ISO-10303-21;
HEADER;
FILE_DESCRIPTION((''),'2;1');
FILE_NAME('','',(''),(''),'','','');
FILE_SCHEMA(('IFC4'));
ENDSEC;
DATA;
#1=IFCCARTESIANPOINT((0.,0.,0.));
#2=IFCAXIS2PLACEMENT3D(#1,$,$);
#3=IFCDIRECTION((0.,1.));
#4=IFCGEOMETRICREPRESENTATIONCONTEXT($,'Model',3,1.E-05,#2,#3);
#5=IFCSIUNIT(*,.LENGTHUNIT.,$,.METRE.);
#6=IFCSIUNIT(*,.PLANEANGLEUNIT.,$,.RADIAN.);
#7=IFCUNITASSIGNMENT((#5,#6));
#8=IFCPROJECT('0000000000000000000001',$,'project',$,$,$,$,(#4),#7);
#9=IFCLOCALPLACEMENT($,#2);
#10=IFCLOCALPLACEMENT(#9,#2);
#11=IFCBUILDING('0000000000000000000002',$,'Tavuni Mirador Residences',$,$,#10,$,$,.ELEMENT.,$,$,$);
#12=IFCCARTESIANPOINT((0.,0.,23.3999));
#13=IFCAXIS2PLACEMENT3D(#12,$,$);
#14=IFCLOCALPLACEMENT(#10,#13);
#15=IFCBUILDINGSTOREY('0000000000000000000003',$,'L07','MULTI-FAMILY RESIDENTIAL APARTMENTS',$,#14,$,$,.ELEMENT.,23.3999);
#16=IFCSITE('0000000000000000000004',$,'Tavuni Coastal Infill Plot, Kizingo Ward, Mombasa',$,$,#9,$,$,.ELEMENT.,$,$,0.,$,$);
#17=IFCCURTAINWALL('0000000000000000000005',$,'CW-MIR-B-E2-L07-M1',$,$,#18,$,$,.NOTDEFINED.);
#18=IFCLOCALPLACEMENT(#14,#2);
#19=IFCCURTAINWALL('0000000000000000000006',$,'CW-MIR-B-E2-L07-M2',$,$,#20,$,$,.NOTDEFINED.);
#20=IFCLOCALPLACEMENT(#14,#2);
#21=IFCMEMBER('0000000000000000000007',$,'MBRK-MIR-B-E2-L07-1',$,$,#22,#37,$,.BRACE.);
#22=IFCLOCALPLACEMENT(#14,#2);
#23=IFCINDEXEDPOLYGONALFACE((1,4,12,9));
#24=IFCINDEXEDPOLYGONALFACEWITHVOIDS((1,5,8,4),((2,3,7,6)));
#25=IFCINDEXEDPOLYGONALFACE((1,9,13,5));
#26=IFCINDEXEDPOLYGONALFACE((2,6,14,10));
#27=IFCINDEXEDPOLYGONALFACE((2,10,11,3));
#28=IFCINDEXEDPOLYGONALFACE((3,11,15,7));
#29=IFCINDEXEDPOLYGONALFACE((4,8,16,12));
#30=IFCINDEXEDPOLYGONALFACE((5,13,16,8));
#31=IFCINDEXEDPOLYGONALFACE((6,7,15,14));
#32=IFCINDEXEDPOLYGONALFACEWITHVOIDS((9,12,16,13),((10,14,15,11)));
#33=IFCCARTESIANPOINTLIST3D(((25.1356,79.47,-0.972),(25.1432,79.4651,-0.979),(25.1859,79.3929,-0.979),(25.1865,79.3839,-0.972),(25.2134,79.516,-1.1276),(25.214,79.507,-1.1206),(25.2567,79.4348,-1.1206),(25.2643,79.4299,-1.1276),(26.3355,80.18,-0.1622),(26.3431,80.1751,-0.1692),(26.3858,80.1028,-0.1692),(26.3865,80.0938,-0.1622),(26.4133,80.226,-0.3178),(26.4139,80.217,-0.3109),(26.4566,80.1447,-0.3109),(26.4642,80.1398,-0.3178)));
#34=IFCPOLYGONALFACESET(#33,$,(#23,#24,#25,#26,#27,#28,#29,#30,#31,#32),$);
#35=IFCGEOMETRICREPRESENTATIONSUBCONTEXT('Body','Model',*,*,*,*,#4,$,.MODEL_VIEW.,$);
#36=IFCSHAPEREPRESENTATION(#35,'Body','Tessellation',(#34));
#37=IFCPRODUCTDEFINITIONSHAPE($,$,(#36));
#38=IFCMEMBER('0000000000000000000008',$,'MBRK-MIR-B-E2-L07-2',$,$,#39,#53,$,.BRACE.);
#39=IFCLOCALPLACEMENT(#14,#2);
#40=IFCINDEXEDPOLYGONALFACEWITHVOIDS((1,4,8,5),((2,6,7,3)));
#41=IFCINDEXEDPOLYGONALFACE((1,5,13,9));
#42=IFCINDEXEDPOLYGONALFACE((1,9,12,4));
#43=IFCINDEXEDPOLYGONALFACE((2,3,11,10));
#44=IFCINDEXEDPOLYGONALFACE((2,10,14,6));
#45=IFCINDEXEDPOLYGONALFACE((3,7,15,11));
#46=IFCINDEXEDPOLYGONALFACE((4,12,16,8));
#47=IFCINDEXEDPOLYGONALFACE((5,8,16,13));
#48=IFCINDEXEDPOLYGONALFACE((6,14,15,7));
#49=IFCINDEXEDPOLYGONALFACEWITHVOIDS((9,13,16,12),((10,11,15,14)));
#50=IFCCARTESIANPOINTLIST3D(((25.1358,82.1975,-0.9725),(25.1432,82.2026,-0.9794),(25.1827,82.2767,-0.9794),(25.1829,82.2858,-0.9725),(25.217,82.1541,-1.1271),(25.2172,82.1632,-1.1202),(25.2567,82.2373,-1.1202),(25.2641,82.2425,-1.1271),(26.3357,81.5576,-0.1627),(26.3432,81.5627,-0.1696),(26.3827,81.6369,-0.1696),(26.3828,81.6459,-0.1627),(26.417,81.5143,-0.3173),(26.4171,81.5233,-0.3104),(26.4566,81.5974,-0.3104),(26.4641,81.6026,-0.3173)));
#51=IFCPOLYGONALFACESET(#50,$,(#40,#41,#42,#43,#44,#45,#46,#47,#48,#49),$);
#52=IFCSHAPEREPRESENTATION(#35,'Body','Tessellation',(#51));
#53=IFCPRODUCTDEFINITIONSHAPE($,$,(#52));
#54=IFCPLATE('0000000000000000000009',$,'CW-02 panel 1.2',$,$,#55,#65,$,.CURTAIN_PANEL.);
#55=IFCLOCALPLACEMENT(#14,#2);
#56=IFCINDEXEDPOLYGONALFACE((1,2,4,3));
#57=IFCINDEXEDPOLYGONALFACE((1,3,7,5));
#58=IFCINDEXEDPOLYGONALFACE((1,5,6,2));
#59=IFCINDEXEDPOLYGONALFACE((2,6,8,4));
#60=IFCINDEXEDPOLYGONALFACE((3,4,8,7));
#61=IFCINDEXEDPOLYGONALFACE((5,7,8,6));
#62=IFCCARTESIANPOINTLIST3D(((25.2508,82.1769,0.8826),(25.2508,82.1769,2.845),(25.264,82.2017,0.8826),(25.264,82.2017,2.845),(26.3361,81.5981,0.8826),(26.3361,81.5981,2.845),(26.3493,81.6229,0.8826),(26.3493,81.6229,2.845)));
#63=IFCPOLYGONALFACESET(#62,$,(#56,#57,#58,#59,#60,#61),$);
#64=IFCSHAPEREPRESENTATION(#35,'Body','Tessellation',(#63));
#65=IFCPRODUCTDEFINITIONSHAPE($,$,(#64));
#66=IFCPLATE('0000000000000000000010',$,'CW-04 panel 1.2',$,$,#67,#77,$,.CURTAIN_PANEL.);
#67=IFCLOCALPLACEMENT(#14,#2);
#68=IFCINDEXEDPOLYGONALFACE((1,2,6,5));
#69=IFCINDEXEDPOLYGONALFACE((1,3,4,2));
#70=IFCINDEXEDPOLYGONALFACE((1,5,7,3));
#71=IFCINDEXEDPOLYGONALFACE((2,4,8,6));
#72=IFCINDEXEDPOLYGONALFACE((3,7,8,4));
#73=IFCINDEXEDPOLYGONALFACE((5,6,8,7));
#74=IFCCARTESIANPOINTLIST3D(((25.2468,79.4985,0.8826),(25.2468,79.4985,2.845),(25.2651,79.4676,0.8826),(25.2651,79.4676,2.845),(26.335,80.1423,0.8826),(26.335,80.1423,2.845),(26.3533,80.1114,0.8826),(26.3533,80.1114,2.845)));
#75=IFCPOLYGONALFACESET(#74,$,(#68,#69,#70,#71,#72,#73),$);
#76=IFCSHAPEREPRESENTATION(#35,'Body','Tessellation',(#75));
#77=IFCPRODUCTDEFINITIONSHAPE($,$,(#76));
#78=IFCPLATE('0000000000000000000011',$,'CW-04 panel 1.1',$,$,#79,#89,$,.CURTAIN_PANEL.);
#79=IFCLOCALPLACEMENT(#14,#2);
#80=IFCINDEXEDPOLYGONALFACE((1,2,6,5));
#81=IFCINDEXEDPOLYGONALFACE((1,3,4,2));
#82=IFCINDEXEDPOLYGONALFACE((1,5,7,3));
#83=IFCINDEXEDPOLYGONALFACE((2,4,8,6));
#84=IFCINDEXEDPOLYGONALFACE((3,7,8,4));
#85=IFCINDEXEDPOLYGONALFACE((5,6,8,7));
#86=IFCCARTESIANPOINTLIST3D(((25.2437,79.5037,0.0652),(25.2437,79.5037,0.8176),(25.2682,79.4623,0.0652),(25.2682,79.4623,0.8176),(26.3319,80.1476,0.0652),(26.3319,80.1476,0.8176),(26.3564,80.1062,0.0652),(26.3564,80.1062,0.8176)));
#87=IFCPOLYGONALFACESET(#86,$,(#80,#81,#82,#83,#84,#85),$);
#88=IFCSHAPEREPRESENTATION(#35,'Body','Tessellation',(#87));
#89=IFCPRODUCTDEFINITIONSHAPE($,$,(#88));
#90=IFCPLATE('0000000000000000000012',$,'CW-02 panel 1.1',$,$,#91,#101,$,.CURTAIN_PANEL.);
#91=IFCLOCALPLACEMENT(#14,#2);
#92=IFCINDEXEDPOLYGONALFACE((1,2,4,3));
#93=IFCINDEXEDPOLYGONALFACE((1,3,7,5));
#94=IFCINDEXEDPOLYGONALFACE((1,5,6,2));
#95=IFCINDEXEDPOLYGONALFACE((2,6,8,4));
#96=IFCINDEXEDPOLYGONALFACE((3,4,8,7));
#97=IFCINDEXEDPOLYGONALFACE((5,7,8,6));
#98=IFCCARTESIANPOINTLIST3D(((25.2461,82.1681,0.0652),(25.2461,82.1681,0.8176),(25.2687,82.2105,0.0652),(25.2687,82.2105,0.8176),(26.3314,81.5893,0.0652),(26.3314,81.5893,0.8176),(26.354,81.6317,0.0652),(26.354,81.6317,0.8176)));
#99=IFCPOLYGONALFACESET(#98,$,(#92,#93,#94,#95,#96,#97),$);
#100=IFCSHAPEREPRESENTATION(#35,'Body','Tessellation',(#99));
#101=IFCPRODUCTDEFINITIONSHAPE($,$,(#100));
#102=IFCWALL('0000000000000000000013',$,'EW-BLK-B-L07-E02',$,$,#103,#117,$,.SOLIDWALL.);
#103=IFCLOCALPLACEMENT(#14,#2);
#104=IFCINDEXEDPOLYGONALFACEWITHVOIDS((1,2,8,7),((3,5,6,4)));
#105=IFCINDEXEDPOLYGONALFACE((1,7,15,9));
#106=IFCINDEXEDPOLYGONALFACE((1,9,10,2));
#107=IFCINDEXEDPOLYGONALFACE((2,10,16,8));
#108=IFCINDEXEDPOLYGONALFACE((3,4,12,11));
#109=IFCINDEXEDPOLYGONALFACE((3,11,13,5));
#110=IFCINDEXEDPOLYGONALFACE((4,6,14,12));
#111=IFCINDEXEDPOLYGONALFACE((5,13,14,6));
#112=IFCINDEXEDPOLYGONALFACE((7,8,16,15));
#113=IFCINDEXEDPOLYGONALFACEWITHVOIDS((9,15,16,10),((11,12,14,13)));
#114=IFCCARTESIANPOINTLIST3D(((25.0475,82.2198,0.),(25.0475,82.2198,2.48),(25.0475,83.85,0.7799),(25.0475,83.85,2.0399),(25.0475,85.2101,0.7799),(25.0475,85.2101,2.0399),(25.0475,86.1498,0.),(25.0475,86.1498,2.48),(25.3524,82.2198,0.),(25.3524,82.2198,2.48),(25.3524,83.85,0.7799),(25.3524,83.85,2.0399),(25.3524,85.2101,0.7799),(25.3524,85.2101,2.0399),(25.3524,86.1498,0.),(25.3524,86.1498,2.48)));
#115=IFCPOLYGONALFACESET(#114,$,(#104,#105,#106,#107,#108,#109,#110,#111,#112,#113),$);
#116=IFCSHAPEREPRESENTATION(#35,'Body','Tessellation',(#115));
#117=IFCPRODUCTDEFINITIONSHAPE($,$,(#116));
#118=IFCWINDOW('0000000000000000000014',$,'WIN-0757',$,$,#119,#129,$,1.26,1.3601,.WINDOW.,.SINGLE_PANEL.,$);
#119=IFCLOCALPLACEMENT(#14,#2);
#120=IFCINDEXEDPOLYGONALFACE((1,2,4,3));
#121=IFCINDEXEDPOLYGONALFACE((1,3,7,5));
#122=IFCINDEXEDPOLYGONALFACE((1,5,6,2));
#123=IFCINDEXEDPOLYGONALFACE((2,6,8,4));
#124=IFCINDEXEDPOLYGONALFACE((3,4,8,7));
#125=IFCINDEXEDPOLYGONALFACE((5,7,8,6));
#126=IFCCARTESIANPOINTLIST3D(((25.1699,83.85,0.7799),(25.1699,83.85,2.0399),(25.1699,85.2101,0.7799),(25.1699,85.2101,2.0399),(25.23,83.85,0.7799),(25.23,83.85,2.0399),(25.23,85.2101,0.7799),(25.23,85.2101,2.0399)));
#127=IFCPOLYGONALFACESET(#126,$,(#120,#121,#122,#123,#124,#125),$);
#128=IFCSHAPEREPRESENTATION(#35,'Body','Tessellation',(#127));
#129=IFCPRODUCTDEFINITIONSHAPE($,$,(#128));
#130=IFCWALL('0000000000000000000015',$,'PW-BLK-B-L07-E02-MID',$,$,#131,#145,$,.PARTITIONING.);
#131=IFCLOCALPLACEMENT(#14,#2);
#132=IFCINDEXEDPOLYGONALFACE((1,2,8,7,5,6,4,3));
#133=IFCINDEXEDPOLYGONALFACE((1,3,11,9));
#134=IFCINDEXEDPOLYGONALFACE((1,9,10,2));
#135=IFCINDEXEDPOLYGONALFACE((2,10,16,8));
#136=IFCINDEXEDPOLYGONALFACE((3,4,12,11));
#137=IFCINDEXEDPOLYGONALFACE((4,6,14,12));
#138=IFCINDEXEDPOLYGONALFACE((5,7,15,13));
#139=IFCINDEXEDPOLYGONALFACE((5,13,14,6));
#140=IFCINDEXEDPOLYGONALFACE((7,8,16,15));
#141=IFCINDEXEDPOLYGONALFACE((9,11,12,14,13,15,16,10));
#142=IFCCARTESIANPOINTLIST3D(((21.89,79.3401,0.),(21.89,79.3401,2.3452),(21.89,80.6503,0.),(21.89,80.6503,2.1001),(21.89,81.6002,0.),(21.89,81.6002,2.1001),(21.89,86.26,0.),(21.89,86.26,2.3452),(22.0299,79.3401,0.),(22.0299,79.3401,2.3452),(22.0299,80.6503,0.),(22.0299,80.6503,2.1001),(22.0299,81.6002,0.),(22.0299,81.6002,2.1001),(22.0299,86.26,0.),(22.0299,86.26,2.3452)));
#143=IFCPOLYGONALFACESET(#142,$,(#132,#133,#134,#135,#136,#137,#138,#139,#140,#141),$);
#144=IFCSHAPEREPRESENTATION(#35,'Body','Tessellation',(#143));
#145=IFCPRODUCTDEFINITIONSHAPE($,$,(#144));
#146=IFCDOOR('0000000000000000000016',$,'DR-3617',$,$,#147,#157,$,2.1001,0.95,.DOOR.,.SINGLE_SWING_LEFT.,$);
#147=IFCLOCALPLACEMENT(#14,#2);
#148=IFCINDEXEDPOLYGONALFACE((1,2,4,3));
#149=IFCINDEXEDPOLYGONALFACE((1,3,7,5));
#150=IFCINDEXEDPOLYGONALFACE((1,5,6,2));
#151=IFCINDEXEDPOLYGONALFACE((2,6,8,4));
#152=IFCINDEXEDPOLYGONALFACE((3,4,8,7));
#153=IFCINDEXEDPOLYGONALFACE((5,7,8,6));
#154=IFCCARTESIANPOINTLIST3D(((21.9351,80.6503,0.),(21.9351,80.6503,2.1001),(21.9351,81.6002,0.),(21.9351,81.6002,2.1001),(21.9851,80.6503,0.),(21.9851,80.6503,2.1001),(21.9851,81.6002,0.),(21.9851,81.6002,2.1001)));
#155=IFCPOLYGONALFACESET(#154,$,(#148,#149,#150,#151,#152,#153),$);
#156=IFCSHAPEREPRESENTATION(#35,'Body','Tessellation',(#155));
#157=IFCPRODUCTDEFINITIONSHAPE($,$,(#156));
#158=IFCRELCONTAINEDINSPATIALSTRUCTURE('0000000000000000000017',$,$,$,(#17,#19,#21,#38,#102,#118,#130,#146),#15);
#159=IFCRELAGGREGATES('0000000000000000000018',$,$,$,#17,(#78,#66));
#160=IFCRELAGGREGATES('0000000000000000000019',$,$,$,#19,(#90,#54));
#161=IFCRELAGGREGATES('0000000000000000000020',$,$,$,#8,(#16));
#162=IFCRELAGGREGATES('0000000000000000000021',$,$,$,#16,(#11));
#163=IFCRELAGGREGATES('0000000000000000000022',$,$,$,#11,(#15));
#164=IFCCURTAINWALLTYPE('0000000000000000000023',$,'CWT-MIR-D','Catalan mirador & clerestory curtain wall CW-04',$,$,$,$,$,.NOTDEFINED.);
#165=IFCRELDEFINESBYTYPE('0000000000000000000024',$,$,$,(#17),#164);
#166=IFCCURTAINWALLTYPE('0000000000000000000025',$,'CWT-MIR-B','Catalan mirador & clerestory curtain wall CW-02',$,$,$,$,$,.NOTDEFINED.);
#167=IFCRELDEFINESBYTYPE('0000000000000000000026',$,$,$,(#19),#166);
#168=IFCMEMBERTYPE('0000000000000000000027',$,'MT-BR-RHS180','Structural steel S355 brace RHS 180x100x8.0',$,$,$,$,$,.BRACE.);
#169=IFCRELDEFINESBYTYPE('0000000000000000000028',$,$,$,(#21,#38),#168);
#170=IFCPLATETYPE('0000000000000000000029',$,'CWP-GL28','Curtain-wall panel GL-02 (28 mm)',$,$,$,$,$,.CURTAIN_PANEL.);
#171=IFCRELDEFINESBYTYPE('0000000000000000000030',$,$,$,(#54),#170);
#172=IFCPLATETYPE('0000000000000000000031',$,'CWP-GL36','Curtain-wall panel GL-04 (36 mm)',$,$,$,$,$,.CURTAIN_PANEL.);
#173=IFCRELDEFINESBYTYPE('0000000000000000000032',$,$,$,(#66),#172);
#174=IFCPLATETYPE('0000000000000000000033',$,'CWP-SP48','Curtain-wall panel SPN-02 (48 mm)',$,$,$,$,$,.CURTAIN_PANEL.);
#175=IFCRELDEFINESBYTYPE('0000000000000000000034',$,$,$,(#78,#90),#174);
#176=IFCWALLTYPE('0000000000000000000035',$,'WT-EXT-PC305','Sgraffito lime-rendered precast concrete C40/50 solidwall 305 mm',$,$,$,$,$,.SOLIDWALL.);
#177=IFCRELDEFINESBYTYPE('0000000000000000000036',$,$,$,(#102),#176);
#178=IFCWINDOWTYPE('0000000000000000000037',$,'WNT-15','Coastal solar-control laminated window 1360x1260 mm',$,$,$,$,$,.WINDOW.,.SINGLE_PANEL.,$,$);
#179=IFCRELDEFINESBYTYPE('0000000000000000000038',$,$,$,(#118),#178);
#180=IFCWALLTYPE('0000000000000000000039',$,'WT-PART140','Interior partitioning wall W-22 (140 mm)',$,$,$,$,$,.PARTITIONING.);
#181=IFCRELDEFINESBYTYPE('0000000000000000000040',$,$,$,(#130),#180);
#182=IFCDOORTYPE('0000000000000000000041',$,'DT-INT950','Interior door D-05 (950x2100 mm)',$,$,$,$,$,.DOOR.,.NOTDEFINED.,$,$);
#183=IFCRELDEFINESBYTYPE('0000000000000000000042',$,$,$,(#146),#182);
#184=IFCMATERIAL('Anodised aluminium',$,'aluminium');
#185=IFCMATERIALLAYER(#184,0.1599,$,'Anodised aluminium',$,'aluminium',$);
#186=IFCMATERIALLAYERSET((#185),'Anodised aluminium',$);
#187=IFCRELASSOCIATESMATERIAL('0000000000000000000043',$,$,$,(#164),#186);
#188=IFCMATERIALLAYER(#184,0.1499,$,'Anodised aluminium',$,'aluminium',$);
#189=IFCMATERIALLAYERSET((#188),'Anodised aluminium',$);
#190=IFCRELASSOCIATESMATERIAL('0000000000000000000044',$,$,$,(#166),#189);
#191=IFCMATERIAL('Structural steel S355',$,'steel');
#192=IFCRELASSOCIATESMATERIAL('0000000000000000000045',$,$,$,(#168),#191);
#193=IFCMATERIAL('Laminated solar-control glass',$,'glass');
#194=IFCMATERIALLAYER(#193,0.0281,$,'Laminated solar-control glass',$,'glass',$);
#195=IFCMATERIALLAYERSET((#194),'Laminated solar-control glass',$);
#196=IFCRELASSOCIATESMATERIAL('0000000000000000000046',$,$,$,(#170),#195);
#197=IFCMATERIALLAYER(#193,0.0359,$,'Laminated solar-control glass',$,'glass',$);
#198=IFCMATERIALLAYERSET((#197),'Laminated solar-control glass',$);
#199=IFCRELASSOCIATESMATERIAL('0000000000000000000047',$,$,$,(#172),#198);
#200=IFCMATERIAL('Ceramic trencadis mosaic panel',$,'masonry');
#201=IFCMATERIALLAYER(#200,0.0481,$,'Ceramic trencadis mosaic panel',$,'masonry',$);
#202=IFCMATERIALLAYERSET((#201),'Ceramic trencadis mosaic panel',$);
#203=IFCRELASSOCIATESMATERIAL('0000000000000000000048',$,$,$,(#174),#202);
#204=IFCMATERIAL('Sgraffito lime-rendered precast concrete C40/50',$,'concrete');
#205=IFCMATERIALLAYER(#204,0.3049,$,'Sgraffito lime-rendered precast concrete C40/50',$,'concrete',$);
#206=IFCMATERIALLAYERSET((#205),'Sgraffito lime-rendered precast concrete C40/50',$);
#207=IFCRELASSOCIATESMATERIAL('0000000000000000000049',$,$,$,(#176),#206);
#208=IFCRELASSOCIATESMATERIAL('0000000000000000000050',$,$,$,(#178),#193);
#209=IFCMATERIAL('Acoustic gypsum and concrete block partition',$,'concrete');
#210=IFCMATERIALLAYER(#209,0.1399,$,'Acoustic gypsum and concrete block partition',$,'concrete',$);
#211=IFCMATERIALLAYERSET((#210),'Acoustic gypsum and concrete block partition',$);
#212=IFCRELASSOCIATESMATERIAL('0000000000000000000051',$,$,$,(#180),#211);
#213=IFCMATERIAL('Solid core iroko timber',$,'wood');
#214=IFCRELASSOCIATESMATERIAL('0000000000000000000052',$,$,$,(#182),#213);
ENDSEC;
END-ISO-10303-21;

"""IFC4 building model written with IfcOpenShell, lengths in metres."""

from ifc_helpers import new_model, si_unit, direction, frame, frame_2d, origin, origin_2d, place, context, subcontext, project, spatial, rectangle, hollow_rectangle, extrude, material, layer, layer_set, material_profile, profile_set, type_object, element, fill, aggregate, save


model = new_model("IFC4")

# Units and contexts
model_context = context("Model", 3, precision=1e-05, world=origin(), true_north=direction((0.0, 1.0)))
body_context = subcontext(model_context, "Body", "Model", "MODEL_VIEW")
ifc_project = project(units=[si_unit("LENGTHUNIT", "METRE"), si_unit("PLANEANGLEUNIT", "RADIAN")], contexts=[model_context])

# Site, building, storey
site_placement = place(None, origin())
site = spatial("IfcSite", under=ifc_project, at=site_placement, Name="Tavuni Coastal Infill Plot, Kizingo Ward, Mombasa", CompositionType="ELEMENT", RefElevation=0.0)
building_placement = place(site_placement, origin())
building = spatial("IfcBuilding", under=site, at=building_placement, Name="Tavuni Mirador Residences", CompositionType="ELEMENT")
storey_placement = place(building_placement, frame((0.0, 0.0, 23.3999)))
storey = spatial("IfcBuildingStorey", under=building, at=storey_placement, Name="L07", Description="MULTI-FAMILY RESIDENTIAL APARTMENTS", CompositionType="ELEMENT", Elevation=23.3999)

# Curtain walls
ifc_material_1 = material(Name="Anodised aluminium", Category="aluminium")
ifc_layer_1 = layer(ifc_material_1, 0.1599, Name="Anodised aluminium", Category="aluminium")
ifc_layer_set_1 = layer_set([ifc_layer_1], Name="Anodised aluminium")
curtain_wall_type_1 = type_object("IfcCurtainWallType", Name="CWT-MIR-D", Description="Catalan mirador & clerestory curtain wall CW-04", PredefinedType="NOTDEFINED", material=ifc_layer_set_1)
curtain_wall_1_placement = place(storey_placement, origin())
curtain_wall_1 = element("IfcCurtainWall", 1, at=curtain_wall_1_placement, inside=storey, type_object=curtain_wall_type_1, Name="CW-MIR-B-E2-L07-M1", PredefinedType="NOTDEFINED")
ifc_layer_2 = layer(ifc_material_1, 0.1499, Name="Anodised aluminium", Category="aluminium")
ifc_layer_set_2 = layer_set([ifc_layer_2], Name="Anodised aluminium")
curtain_wall_type_2 = type_object("IfcCurtainWallType", Name="CWT-MIR-B", Description="Catalan mirador & clerestory curtain wall CW-02", PredefinedType="NOTDEFINED", material=ifc_layer_set_2)
curtain_wall_2_placement = place(storey_placement, origin())
curtain_wall_2 = element("IfcCurtainWall", 2, at=curtain_wall_2_placement, inside=storey, type_object=curtain_wall_type_2, Name="CW-MIR-B-E2-L07-M2", PredefinedType="NOTDEFINED")

# Members
ifc_material_2 = material(Name="Structural steel S355", Category="steel")
ifc_material_profile_1 = material_profile(ifc_material_2, hollow_rectangle(XDim=0.1001, YDim=0.1799, WallThickness=0.0081, at=origin_2d()), Name="RHS 180x100x8.0", Category="steel")
ifc_profile_set_1 = profile_set([ifc_material_profile_1], Name="Structural steel S355")
member_type_1 = type_object("IfcMemberType", Name="MT-BR-RHS180", Description="Structural steel S355 brace RHS 180x100x8.0", PredefinedType="BRACE", material=ifc_profile_set_1)
member_1_placement = place(storey_placement, frame((25.2, 79.45, -1.0498), z_axis=(0.744217, 0.440322, 0.502252), x_axis=(-0.509207, 0.860644, 0.0)))
element("IfcMember", 3, at=member_1_placement, inside=storey, type_object=member_type_1, Name="MBRK-MIR-B-E2-L07-1", PredefinedType="BRACE", context=body_context, shape_type="SweptSolid", body=[
    extrude(hollow_rectangle(XDim=0.1001, YDim=0.1799, WallThickness=0.0081, at=origin_2d()), origin(), (0.0, 0.0, 1.0), 1.6123),
])
member_2_placement = place(storey_placement, frame((25.2, 82.22, -1.0498), z_axis=(0.758136, -0.404288, 0.511645), x_axis=(0.470542, 0.882378, 0.0)))
element("IfcMember", 4, at=member_2_placement, inside=storey, type_object=member_type_1, Name="MBRK-MIR-B-E2-L07-2", PredefinedType="BRACE", context=body_context, shape_type="SweptSolid", body=[
    extrude(hollow_rectangle(XDim=0.1001, YDim=0.1799, WallThickness=0.0081, at=origin_2d()), origin(), (0.0, 0.0, 1.0), 1.5828),
])

# Plates
ifc_material_3 = material(Name="Laminated solar-control glass", Category="glass")
ifc_layer_3 = layer(ifc_material_3, 0.0281, Name="Laminated solar-control glass", Category="glass")
ifc_layer_set_3 = layer_set([ifc_layer_3], Name="Laminated solar-control glass")
plate_type_1 = type_object("IfcPlateType", Name="CWP-GL28", Description="Curtain-wall panel GL-02 (28 mm)", PredefinedType="CURTAIN_PANEL", material=ifc_layer_set_3)
plate_1_placement = place(storey_placement, frame((25.8, 81.8999, 0.8826), z_axis=(0.0, 0.0, 1.0), x_axis=(-0.882353, 0.470588, 0.0)))
plate_1 = element("IfcPlate", 5, at=plate_1_placement, type_object=plate_type_1, Name="CW-02 panel 1.2", PredefinedType="CURTAIN_PANEL", context=body_context, shape_type="SweptSolid", body=[
    extrude(rectangle(XDim=1.23, YDim=0.0281, at=origin_2d()), origin(), (0.0, 0.0, 1.0), 1.9624),
])
ifc_layer_4 = layer(ifc_material_3, 0.0359, Name="Laminated solar-control glass", Category="glass")
ifc_layer_set_4 = layer_set([ifc_layer_4], Name="Laminated solar-control glass")
plate_type_2 = type_object("IfcPlateType", Name="CWP-GL36", Description="Curtain-wall panel GL-04 (36 mm)", PredefinedType="CURTAIN_PANEL", material=ifc_layer_set_4)
plate_2_placement = place(storey_placement, frame((25.8, 79.8049, 0.8826), z_axis=(0.0, 0.0, 1.0), x_axis=(0.860641, 0.509212, 0.0)))
plate_2 = element("IfcPlate", 6, at=plate_2_placement, type_object=plate_type_2, Name="CW-04 panel 1.2", PredefinedType="CURTAIN_PANEL", context=body_context, shape_type="SweptSolid", body=[
    extrude(rectangle(XDim=1.2644, YDim=0.0359, at=origin_2d()), origin(), (0.0, 0.0, 1.0), 1.9624),
])
ifc_material_4 = material(Name="Ceramic trencadis mosaic panel", Category="masonry")
ifc_layer_5 = layer(ifc_material_4, 0.0481, Name="Ceramic trencadis mosaic panel", Category="masonry")
ifc_layer_set_5 = layer_set([ifc_layer_5], Name="Ceramic trencadis mosaic panel")
plate_type_3 = type_object("IfcPlateType", Name="CWP-SP48", Description="Curtain-wall panel SPN-02 (48 mm)", PredefinedType="CURTAIN_PANEL", material=ifc_layer_set_5)
plate_3_placement = place(storey_placement, frame((25.8, 79.8049, 0.0652), z_axis=(0.0, 0.0, 1.0), x_axis=(0.860641, 0.509212, 0.0)))
plate_3 = element("IfcPlate", 7, at=plate_3_placement, type_object=plate_type_3, Name="CW-04 panel 1.1", PredefinedType="CURTAIN_PANEL", context=body_context, shape_type="SweptSolid", body=[
    extrude(rectangle(XDim=1.2644, YDim=0.0481, at=origin_2d()), origin(), (0.0, 0.0, 1.0), 0.7524),
])
aggregate(curtain_wall_1, [plate_3, plate_2])
plate_4_placement = place(storey_placement, frame((25.8, 81.8999, 0.0652), z_axis=(0.0, 0.0, 1.0), x_axis=(-0.882353, 0.470588, 0.0)))
plate_4 = element("IfcPlate", 8, at=plate_4_placement, type_object=plate_type_3, Name="CW-02 panel 1.1", PredefinedType="CURTAIN_PANEL", context=body_context, shape_type="SweptSolid", body=[
    extrude(rectangle(XDim=1.23, YDim=0.0481, at=origin_2d()), origin(), (0.0, 0.0, 1.0), 0.7524),
])
aggregate(curtain_wall_2, [plate_4, plate_1])

# Wall, opening, window
ifc_material_5 = material(Name="Sgraffito lime-rendered precast concrete C40/50", Category="concrete")
ifc_layer_6 = layer(ifc_material_5, 0.3049, Name="Sgraffito lime-rendered precast concrete C40/50", Category="concrete")
ifc_layer_set_6 = layer_set([ifc_layer_6], Name="Sgraffito lime-rendered precast concrete C40/50")
wall_type_1 = type_object("IfcWallType", Name="WT-EXT-PC305", Description="Sgraffito lime-rendered precast concrete C40/50 solidwall 305 mm", PredefinedType="SOLIDWALL", material=ifc_layer_set_6)
wall_1_placement = place(storey_placement, frame((25.2, 82.22, 0.0), z_axis=(0.0, 0.0, 1.0), x_axis=(0.0, 1.0, 0.0)))
wall_1 = element("IfcWall", 9, at=wall_1_placement, inside=storey, type_object=wall_type_1, Name="EW-BLK-B-L07-E02", PredefinedType="SOLIDWALL", context=body_context, shape_type="SweptSolid", body=[
    extrude(rectangle(XDim=3.9299, YDim=0.3049, at=frame_2d((1.9648, 0.0))), origin(), (0.0, 0.0, 1.0), 2.48),
])
opening_1_placement = place(wall_1_placement, frame((1.6299, 0.0, 0.78)))
opening_1 = element("IfcOpeningElement", 10, at=opening_1_placement, cuts=wall_1, PredefinedType="OPENING", context=body_context, shape_type="SweptSolid", body=[
    extrude(rectangle(XDim=1.3601, YDim=1.26, at=frame_2d((0.6802, 0.6299))), frame((0.0, 0.1626, 0.0), z_axis=(0.0, -1.0, 0.0), x_axis=(1.0, 0.0, 0.0)), (0.0, 0.0, 1.0), 0.325),
])
window_type = type_object("IfcWindowType", Name="WNT-15", Description="Coastal solar-control laminated window 1360x1260 mm", PartitioningType="SINGLE_PANEL", PredefinedType="WINDOW", material=ifc_material_3)
window_placement = place(opening_1_placement, origin())
window = element("IfcWindow", 11, at=window_placement, inside=storey, type_object=window_type, Name="WIN-0757", OverallHeight=1.26, OverallWidth=1.3601, PartitioningType="SINGLE_PANEL", PredefinedType="WINDOW", context=body_context, shape_type="SweptSolid", body=[
    extrude(rectangle(XDim=1.3601, YDim=1.26, at=frame_2d((0.6802, 0.6299))), frame((0.0, 0.03, 0.0), z_axis=(0.0, -1.0, 0.0), x_axis=(1.0, 0.0, 0.0)), (0.0, 0.0, 1.0), 0.0601),
])
fill(opening_1, window)

# Wall, opening, door
ifc_material_6 = material(Name="Acoustic gypsum and concrete block partition", Category="concrete")
ifc_layer_7 = layer(ifc_material_6, 0.1399, Name="Acoustic gypsum and concrete block partition", Category="concrete")
ifc_layer_set_7 = layer_set([ifc_layer_7], Name="Acoustic gypsum and concrete block partition")
wall_type_2 = type_object("IfcWallType", Name="WT-PART140", Description="Interior partitioning wall W-22 (140 mm)", PredefinedType="PARTITIONING", material=ifc_layer_set_7)
wall_2_placement = place(storey_placement, frame((21.96, 79.3401, 0.0), z_axis=(0.0, 0.0, 1.0), x_axis=(0.0, 1.0, 0.0)))
wall_2 = element("IfcWall", 12, at=wall_2_placement, inside=storey, type_object=wall_type_2, Name="PW-BLK-B-L07-E02-MID", PredefinedType="PARTITIONING", context=body_context, shape_type="SweptSolid", body=[
    extrude(rectangle(XDim=6.9199, YDim=0.1399, at=frame_2d((3.46, 0.0))), origin(), (0.0, 0.0, 1.0), 2.3452),
])
opening_2_placement = place(wall_2_placement, frame((1.3101, 0.0, 0.0)))
opening_2 = element("IfcOpeningElement", 13, at=opening_2_placement, cuts=wall_2, PredefinedType="OPENING", context=body_context, shape_type="SweptSolid", body=[
    extrude(rectangle(XDim=0.95, YDim=2.1001, at=frame_2d((0.4751, 1.05))), frame((0.0, 0.0801, 0.0), z_axis=(0.0, -1.0, 0.0), x_axis=(1.0, 0.0, 0.0)), (0.0, 0.0, 1.0), 0.1599),
])
ifc_material_7 = material(Name="Solid core iroko timber", Category="wood")
door_type = type_object("IfcDoorType", Name="DT-INT950", Description="Interior door D-05 (950x2100 mm)", OperationType="NOTDEFINED", PredefinedType="DOOR", material=ifc_material_7)
door_placement = place(opening_2_placement, origin())
door = element("IfcDoor", 14, at=door_placement, inside=storey, type_object=door_type, Name="DR-3617", OperationType="SINGLE_SWING_LEFT", OverallHeight=2.1001, OverallWidth=0.95, PredefinedType="DOOR", context=body_context, shape_type="SweptSolid", body=[
    extrude(rectangle(XDim=0.95, YDim=2.1001, at=frame_2d((0.4751, 1.05))), frame((0.0, 0.0249, 0.0), z_axis=(0.0, -1.0, 0.0), x_axis=(1.0, 0.0, 0.0)), (0.0, 0.0, 1.0), 0.05),
])
fill(opening_2, door)

save(model, "model.ifc")
